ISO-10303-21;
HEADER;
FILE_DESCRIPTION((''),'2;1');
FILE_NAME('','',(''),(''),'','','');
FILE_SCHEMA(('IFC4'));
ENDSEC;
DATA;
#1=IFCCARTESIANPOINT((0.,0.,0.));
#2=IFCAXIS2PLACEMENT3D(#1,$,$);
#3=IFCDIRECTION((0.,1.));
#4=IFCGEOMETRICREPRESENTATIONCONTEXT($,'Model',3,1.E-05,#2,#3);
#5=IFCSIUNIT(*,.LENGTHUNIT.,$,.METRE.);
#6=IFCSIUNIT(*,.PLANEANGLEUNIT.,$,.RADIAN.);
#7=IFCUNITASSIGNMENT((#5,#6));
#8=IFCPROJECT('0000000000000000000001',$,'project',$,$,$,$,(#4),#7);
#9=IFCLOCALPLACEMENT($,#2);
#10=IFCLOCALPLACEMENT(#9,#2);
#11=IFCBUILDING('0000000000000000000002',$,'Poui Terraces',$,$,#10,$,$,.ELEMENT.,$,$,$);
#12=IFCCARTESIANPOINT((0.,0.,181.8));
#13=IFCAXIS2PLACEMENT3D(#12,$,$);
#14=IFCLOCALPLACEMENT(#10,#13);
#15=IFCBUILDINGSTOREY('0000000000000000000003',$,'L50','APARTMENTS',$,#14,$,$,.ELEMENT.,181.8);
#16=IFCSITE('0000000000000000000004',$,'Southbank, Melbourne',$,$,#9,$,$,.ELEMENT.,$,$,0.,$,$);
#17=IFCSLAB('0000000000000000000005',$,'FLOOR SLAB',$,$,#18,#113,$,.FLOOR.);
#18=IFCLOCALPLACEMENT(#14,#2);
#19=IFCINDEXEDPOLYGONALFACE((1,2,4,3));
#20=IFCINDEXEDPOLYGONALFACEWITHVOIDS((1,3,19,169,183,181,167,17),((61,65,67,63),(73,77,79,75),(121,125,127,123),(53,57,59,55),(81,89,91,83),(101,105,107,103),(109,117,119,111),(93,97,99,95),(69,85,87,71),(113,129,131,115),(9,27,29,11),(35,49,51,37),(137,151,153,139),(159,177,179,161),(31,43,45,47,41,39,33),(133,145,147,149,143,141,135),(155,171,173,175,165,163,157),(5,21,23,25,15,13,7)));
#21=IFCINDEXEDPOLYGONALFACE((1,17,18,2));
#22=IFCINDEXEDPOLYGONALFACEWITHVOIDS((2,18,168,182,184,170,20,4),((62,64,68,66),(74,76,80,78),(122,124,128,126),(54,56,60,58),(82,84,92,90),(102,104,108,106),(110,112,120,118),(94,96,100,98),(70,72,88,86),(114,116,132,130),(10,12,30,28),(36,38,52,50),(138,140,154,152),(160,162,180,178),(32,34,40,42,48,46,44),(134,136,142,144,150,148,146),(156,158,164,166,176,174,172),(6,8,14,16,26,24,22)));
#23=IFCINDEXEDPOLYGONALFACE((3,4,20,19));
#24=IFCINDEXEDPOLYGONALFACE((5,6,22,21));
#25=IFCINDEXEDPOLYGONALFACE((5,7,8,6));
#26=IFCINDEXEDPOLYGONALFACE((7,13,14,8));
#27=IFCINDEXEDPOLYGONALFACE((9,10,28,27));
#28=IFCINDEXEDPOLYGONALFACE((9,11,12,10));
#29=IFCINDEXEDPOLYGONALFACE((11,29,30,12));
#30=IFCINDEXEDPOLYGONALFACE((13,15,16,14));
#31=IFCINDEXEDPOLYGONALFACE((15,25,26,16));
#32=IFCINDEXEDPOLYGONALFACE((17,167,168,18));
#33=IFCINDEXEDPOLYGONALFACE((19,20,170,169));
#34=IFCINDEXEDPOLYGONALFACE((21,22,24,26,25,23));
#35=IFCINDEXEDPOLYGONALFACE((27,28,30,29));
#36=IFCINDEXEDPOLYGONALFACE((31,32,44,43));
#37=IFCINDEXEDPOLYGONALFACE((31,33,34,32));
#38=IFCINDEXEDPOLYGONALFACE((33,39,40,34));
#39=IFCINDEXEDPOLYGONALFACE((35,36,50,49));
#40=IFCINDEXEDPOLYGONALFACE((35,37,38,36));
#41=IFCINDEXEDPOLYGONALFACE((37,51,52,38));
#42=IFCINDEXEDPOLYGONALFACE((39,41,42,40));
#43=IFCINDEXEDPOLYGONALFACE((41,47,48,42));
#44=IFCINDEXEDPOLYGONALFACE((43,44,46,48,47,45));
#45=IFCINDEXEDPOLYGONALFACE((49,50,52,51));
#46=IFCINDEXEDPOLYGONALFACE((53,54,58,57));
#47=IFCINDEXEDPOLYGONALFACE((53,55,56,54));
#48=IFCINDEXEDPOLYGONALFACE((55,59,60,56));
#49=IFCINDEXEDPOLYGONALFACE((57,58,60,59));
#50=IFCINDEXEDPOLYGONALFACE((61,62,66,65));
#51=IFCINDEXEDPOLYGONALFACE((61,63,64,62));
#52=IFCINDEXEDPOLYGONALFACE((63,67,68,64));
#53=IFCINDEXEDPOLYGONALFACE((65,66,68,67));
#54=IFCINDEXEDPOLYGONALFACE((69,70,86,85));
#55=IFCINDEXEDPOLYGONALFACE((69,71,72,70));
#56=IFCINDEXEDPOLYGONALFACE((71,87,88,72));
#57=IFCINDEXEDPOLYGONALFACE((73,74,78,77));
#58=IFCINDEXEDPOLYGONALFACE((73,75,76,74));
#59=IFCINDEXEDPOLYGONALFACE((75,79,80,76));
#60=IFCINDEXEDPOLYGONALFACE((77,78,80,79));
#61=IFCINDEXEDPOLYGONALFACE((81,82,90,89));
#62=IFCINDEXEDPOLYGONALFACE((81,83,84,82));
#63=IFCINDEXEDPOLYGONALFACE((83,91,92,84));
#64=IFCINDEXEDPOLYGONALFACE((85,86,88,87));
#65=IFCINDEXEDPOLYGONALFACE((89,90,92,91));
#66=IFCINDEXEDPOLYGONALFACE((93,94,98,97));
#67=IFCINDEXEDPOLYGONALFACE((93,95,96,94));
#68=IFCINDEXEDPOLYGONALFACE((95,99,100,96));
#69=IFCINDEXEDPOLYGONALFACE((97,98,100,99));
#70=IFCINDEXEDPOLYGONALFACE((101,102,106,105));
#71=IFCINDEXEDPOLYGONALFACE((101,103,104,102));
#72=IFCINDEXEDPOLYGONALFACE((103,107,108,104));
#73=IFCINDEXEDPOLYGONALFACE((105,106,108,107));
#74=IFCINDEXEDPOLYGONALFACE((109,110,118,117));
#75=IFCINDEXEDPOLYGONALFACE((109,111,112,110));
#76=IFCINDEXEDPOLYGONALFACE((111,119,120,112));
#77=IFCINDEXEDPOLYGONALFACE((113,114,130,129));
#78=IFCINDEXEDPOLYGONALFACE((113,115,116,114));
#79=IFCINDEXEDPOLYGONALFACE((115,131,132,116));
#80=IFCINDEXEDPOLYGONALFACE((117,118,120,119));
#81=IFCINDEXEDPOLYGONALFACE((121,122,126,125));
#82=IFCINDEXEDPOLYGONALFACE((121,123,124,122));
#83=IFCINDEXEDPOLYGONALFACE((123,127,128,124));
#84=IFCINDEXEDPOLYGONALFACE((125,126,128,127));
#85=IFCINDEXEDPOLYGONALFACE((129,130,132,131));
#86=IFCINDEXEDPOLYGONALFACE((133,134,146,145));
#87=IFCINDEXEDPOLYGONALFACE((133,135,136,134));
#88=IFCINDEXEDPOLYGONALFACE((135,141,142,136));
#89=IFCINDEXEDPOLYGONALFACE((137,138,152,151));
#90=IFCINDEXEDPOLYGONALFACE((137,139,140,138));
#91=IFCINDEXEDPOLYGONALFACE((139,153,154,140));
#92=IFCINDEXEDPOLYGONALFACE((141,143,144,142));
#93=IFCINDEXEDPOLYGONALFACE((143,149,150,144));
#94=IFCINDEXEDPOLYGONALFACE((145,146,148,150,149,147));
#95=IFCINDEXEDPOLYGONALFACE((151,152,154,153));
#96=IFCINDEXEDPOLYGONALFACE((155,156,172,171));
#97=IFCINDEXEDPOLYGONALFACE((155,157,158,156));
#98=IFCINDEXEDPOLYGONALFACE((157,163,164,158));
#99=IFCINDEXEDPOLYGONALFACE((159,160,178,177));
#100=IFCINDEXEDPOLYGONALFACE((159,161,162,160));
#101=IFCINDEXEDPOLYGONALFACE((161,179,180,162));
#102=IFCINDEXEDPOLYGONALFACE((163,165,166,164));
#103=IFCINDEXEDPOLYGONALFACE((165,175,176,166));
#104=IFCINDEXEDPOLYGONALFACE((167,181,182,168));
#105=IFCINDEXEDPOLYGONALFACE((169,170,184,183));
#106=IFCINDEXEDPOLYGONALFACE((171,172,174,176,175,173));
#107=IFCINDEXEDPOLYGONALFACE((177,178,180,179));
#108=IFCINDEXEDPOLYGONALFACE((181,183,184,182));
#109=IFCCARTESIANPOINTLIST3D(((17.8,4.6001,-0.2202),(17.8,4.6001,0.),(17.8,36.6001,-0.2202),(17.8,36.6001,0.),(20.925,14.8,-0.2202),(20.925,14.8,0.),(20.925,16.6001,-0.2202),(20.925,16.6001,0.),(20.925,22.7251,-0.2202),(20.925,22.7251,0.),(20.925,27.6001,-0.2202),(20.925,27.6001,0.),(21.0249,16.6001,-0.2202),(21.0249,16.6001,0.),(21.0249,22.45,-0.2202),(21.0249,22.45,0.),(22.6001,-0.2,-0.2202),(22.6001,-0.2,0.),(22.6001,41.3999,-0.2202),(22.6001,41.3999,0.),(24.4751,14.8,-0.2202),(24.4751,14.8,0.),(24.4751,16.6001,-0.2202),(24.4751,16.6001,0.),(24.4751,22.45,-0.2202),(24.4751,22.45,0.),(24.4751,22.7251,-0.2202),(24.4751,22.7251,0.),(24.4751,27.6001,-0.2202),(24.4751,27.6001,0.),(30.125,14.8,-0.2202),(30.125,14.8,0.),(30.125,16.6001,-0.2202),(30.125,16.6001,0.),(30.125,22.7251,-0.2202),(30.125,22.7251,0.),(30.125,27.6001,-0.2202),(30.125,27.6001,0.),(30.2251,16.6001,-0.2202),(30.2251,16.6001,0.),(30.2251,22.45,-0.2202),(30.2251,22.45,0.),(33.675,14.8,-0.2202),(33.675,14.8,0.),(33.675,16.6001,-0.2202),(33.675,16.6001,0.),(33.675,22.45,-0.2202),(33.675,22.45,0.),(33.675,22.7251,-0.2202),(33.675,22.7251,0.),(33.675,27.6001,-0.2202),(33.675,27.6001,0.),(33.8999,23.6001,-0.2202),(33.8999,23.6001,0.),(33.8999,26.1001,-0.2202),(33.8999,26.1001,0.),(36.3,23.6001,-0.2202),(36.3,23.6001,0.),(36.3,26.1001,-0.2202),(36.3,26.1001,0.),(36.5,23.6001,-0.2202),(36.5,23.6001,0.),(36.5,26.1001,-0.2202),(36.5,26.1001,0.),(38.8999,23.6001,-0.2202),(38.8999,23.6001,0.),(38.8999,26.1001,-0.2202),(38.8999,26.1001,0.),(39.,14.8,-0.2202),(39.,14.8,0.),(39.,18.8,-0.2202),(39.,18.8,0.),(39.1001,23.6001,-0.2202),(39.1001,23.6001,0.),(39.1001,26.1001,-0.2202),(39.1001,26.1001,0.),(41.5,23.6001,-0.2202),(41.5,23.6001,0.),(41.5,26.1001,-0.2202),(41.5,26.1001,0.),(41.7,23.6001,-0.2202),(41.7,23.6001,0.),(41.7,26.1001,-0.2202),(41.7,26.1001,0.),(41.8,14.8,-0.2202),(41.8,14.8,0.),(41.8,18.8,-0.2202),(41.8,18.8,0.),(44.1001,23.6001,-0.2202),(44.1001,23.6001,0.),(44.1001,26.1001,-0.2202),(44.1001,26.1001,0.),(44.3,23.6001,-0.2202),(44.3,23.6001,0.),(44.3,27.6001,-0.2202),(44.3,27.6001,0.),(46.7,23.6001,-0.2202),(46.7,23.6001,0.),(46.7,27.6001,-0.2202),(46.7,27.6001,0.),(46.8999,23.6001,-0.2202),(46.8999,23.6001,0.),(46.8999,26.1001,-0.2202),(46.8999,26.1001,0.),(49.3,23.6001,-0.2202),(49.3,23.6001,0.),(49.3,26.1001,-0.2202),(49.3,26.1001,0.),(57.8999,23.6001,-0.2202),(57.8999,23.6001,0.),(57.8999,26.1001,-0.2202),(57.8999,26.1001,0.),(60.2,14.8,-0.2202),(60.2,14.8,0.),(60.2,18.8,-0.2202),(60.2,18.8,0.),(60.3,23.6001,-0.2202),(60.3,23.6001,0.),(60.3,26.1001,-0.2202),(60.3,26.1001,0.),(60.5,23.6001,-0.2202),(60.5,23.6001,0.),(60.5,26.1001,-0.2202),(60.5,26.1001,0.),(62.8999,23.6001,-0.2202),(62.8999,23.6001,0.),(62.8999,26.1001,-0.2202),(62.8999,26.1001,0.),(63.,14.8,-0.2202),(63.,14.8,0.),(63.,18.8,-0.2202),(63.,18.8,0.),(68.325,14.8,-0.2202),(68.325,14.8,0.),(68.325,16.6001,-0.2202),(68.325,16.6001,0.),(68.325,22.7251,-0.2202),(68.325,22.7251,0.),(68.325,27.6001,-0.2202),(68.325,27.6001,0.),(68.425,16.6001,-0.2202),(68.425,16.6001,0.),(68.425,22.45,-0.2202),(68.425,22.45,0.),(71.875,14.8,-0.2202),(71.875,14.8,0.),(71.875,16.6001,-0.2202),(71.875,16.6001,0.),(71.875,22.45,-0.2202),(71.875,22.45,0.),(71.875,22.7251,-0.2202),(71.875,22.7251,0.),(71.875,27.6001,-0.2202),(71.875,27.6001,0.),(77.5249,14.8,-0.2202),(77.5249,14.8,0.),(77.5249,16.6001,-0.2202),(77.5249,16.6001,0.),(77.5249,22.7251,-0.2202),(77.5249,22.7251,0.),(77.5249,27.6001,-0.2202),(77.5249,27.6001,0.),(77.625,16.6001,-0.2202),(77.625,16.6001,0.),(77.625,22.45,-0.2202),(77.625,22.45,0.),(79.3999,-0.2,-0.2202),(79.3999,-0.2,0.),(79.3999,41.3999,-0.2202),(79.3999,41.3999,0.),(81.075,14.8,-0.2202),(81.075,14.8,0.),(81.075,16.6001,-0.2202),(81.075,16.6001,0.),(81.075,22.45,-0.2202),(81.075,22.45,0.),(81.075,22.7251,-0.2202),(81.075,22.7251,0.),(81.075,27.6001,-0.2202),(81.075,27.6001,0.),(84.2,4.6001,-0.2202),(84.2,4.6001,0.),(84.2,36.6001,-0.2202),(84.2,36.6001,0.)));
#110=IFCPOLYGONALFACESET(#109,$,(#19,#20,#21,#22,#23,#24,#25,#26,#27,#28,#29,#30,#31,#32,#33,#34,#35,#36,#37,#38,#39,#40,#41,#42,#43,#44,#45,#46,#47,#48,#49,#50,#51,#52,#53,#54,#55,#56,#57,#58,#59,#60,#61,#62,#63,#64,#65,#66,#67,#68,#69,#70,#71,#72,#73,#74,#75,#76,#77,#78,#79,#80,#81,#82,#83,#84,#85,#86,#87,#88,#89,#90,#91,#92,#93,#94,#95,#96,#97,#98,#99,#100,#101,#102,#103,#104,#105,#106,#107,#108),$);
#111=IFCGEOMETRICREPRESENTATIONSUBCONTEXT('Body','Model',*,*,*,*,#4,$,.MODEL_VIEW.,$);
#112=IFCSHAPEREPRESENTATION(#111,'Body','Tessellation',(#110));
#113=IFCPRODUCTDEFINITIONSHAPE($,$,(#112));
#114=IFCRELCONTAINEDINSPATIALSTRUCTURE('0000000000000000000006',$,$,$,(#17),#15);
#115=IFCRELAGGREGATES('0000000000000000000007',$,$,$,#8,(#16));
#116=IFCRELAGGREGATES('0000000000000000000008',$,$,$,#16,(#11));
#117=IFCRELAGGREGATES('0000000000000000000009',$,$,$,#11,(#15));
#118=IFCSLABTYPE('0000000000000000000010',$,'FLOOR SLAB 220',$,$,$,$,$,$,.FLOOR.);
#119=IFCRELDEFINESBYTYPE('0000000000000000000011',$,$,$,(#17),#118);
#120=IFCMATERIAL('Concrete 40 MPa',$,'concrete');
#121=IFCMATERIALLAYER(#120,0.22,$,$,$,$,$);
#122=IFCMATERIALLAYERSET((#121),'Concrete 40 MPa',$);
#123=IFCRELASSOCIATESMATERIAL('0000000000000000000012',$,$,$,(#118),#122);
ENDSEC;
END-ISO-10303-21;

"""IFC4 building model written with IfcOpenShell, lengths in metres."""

from ifc_helpers import new_model, si_unit, direction, frame, origin, place, context, subcontext, project, spatial, polyline, outline, extrude, source, transform, mapped, material, layer, layer_set, type_object, element, save


model = new_model("IFC4")

# Units and contexts
model_context = context("Model", 3, precision=1e-05, world=origin(), true_north=direction((0.0, 1.0)))
body_context = subcontext(model_context, "Body", "Model", "MODEL_VIEW")
ifc_project = project(units=[si_unit("LENGTHUNIT", "METRE"), si_unit("PLANEANGLEUNIT", "RADIAN")], contexts=[model_context])

# Site, building, storey
site_placement = place(None, origin())
site = spatial("IfcSite", under=ifc_project, at=site_placement, Name="Southbank, Melbourne", CompositionType="ELEMENT", RefElevation=0.0)
building_placement = place(site_placement, origin())
building = spatial("IfcBuilding", under=site, at=building_placement, Name="Poui Terraces", CompositionType="ELEMENT")
storey_placement = place(building_placement, frame((0.0, 0.0, 181.8)))
storey = spatial("IfcBuildingStorey", under=building, at=storey_placement, Name="L50", Description="APARTMENTS", CompositionType="ELEMENT", Elevation=181.8)

# Slab
ifc_material = material(Name="Concrete 40 MPa", Category="concrete")
ifc_layer = layer(ifc_material, 0.22)
ifc_layer_set = layer_set([ifc_layer], Name="Concrete 40 MPa")
slab_type = type_object("IfcSlabType", Name="FLOOR SLAB 220", PredefinedType="FLOOR", material=ifc_layer_set)
shared_shape = source(origin(), body_context, "Body", "SweptSolid", [
    extrude(outline(polyline([(0.0, 0.0), (4.8, -4.8), (61.5999, -4.8), (66.3999, 0.0), (66.3999, 32.0), (61.5999, 36.7998), (4.8, 36.7998), (0.0, 32.0), (0.0, 0.0)]), holes=[polyline([(21.2, 10.2), (21.2, 14.2), (24.0, 14.2), (24.0, 10.2), (21.2, 10.2)]), polyline([(3.2249, 17.8499), (6.675, 17.8499), (6.675, 12.0), (6.675, 10.2), (3.125, 10.2), (3.125, 12.0), (3.2249, 12.0), (3.2249, 17.8499)]), polyline([(12.425, 17.8499), (15.875, 17.8499), (15.875, 12.0), (15.875, 10.2), (12.325, 10.2), (12.325, 12.0), (12.425, 12.0), (12.425, 17.8499)]), polyline([(16.0999, 19.0), (16.0999, 21.5), (18.5, 21.5), (18.5, 19.0), (16.0999, 19.0)]), polyline([(18.7, 19.0), (18.7, 21.5), (21.0999, 21.5), (21.0999, 19.0), (18.7, 19.0)]), polyline([(21.3, 19.0), (21.3, 21.5), (23.7, 21.5), (23.7, 19.0), (21.3, 19.0)]), polyline([(23.8999, 19.0), (23.8999, 21.5), (26.3, 21.5), (26.3, 19.0), (23.8999, 19.0)]), polyline([(3.125, 23.0), (6.675, 23.0), (6.675, 18.125), (3.125, 18.125), (3.125, 23.0)]), polyline([(12.325, 23.0), (15.875, 23.0), (15.875, 18.125), (12.325, 18.125), (12.325, 23.0)]), polyline([(42.3999, 10.2), (42.3999, 14.2), (45.2, 14.2), (45.2, 10.2), (42.3999, 10.2)]), polyline([(50.625, 17.8499), (54.075, 17.8499), (54.075, 12.0), (54.075, 10.2), (50.5249, 10.2), (50.5249, 12.0), (50.625, 12.0), (50.625, 17.8499)]), polyline([(59.825, 17.8499), (63.2749, 17.8499), (63.2749, 12.0), (63.2749, 10.2), (59.7249, 10.2), (59.7249, 12.0), (59.825, 12.0), (59.825, 17.8499)]), polyline([(29.0999, 19.0), (29.0999, 21.5), (31.5, 21.5), (31.5, 19.0), (29.0999, 19.0)]), polyline([(40.0999, 19.0), (40.0999, 21.5), (42.5, 21.5), (42.5, 19.0), (40.0999, 19.0)]), polyline([(42.7, 19.0), (42.7, 21.5), (45.0999, 21.5), (45.0999, 19.0), (42.7, 19.0)]), polyline([(50.5249, 18.125), (50.5249, 23.0), (54.075, 23.0), (54.075, 18.125), (50.5249, 18.125)]), polyline([(59.7249, 23.0), (63.2749, 23.0), (63.2749, 18.125), (59.7249, 18.125), (59.7249, 23.0)]), polyline([(26.5, 23.0), (28.8999, 23.0), (28.8999, 19.0), (26.5, 19.0), (26.5, 23.0)])]), origin(), (0.0, 0.0, 1.0), 0.2202),
])
slab_placement = place(storey_placement, frame((17.8, 4.6001, -0.2202)))
element("IfcSlab", 1, at=slab_placement, inside=storey, type_object=slab_type, Name="FLOOR SLAB", PredefinedType="FLOOR", context=body_context, shape_type="MappedRepresentation", body=[
    mapped(shared_shape, transform((0.0, 0.0, 0.0))),
])

save(model, "model.ifc")
